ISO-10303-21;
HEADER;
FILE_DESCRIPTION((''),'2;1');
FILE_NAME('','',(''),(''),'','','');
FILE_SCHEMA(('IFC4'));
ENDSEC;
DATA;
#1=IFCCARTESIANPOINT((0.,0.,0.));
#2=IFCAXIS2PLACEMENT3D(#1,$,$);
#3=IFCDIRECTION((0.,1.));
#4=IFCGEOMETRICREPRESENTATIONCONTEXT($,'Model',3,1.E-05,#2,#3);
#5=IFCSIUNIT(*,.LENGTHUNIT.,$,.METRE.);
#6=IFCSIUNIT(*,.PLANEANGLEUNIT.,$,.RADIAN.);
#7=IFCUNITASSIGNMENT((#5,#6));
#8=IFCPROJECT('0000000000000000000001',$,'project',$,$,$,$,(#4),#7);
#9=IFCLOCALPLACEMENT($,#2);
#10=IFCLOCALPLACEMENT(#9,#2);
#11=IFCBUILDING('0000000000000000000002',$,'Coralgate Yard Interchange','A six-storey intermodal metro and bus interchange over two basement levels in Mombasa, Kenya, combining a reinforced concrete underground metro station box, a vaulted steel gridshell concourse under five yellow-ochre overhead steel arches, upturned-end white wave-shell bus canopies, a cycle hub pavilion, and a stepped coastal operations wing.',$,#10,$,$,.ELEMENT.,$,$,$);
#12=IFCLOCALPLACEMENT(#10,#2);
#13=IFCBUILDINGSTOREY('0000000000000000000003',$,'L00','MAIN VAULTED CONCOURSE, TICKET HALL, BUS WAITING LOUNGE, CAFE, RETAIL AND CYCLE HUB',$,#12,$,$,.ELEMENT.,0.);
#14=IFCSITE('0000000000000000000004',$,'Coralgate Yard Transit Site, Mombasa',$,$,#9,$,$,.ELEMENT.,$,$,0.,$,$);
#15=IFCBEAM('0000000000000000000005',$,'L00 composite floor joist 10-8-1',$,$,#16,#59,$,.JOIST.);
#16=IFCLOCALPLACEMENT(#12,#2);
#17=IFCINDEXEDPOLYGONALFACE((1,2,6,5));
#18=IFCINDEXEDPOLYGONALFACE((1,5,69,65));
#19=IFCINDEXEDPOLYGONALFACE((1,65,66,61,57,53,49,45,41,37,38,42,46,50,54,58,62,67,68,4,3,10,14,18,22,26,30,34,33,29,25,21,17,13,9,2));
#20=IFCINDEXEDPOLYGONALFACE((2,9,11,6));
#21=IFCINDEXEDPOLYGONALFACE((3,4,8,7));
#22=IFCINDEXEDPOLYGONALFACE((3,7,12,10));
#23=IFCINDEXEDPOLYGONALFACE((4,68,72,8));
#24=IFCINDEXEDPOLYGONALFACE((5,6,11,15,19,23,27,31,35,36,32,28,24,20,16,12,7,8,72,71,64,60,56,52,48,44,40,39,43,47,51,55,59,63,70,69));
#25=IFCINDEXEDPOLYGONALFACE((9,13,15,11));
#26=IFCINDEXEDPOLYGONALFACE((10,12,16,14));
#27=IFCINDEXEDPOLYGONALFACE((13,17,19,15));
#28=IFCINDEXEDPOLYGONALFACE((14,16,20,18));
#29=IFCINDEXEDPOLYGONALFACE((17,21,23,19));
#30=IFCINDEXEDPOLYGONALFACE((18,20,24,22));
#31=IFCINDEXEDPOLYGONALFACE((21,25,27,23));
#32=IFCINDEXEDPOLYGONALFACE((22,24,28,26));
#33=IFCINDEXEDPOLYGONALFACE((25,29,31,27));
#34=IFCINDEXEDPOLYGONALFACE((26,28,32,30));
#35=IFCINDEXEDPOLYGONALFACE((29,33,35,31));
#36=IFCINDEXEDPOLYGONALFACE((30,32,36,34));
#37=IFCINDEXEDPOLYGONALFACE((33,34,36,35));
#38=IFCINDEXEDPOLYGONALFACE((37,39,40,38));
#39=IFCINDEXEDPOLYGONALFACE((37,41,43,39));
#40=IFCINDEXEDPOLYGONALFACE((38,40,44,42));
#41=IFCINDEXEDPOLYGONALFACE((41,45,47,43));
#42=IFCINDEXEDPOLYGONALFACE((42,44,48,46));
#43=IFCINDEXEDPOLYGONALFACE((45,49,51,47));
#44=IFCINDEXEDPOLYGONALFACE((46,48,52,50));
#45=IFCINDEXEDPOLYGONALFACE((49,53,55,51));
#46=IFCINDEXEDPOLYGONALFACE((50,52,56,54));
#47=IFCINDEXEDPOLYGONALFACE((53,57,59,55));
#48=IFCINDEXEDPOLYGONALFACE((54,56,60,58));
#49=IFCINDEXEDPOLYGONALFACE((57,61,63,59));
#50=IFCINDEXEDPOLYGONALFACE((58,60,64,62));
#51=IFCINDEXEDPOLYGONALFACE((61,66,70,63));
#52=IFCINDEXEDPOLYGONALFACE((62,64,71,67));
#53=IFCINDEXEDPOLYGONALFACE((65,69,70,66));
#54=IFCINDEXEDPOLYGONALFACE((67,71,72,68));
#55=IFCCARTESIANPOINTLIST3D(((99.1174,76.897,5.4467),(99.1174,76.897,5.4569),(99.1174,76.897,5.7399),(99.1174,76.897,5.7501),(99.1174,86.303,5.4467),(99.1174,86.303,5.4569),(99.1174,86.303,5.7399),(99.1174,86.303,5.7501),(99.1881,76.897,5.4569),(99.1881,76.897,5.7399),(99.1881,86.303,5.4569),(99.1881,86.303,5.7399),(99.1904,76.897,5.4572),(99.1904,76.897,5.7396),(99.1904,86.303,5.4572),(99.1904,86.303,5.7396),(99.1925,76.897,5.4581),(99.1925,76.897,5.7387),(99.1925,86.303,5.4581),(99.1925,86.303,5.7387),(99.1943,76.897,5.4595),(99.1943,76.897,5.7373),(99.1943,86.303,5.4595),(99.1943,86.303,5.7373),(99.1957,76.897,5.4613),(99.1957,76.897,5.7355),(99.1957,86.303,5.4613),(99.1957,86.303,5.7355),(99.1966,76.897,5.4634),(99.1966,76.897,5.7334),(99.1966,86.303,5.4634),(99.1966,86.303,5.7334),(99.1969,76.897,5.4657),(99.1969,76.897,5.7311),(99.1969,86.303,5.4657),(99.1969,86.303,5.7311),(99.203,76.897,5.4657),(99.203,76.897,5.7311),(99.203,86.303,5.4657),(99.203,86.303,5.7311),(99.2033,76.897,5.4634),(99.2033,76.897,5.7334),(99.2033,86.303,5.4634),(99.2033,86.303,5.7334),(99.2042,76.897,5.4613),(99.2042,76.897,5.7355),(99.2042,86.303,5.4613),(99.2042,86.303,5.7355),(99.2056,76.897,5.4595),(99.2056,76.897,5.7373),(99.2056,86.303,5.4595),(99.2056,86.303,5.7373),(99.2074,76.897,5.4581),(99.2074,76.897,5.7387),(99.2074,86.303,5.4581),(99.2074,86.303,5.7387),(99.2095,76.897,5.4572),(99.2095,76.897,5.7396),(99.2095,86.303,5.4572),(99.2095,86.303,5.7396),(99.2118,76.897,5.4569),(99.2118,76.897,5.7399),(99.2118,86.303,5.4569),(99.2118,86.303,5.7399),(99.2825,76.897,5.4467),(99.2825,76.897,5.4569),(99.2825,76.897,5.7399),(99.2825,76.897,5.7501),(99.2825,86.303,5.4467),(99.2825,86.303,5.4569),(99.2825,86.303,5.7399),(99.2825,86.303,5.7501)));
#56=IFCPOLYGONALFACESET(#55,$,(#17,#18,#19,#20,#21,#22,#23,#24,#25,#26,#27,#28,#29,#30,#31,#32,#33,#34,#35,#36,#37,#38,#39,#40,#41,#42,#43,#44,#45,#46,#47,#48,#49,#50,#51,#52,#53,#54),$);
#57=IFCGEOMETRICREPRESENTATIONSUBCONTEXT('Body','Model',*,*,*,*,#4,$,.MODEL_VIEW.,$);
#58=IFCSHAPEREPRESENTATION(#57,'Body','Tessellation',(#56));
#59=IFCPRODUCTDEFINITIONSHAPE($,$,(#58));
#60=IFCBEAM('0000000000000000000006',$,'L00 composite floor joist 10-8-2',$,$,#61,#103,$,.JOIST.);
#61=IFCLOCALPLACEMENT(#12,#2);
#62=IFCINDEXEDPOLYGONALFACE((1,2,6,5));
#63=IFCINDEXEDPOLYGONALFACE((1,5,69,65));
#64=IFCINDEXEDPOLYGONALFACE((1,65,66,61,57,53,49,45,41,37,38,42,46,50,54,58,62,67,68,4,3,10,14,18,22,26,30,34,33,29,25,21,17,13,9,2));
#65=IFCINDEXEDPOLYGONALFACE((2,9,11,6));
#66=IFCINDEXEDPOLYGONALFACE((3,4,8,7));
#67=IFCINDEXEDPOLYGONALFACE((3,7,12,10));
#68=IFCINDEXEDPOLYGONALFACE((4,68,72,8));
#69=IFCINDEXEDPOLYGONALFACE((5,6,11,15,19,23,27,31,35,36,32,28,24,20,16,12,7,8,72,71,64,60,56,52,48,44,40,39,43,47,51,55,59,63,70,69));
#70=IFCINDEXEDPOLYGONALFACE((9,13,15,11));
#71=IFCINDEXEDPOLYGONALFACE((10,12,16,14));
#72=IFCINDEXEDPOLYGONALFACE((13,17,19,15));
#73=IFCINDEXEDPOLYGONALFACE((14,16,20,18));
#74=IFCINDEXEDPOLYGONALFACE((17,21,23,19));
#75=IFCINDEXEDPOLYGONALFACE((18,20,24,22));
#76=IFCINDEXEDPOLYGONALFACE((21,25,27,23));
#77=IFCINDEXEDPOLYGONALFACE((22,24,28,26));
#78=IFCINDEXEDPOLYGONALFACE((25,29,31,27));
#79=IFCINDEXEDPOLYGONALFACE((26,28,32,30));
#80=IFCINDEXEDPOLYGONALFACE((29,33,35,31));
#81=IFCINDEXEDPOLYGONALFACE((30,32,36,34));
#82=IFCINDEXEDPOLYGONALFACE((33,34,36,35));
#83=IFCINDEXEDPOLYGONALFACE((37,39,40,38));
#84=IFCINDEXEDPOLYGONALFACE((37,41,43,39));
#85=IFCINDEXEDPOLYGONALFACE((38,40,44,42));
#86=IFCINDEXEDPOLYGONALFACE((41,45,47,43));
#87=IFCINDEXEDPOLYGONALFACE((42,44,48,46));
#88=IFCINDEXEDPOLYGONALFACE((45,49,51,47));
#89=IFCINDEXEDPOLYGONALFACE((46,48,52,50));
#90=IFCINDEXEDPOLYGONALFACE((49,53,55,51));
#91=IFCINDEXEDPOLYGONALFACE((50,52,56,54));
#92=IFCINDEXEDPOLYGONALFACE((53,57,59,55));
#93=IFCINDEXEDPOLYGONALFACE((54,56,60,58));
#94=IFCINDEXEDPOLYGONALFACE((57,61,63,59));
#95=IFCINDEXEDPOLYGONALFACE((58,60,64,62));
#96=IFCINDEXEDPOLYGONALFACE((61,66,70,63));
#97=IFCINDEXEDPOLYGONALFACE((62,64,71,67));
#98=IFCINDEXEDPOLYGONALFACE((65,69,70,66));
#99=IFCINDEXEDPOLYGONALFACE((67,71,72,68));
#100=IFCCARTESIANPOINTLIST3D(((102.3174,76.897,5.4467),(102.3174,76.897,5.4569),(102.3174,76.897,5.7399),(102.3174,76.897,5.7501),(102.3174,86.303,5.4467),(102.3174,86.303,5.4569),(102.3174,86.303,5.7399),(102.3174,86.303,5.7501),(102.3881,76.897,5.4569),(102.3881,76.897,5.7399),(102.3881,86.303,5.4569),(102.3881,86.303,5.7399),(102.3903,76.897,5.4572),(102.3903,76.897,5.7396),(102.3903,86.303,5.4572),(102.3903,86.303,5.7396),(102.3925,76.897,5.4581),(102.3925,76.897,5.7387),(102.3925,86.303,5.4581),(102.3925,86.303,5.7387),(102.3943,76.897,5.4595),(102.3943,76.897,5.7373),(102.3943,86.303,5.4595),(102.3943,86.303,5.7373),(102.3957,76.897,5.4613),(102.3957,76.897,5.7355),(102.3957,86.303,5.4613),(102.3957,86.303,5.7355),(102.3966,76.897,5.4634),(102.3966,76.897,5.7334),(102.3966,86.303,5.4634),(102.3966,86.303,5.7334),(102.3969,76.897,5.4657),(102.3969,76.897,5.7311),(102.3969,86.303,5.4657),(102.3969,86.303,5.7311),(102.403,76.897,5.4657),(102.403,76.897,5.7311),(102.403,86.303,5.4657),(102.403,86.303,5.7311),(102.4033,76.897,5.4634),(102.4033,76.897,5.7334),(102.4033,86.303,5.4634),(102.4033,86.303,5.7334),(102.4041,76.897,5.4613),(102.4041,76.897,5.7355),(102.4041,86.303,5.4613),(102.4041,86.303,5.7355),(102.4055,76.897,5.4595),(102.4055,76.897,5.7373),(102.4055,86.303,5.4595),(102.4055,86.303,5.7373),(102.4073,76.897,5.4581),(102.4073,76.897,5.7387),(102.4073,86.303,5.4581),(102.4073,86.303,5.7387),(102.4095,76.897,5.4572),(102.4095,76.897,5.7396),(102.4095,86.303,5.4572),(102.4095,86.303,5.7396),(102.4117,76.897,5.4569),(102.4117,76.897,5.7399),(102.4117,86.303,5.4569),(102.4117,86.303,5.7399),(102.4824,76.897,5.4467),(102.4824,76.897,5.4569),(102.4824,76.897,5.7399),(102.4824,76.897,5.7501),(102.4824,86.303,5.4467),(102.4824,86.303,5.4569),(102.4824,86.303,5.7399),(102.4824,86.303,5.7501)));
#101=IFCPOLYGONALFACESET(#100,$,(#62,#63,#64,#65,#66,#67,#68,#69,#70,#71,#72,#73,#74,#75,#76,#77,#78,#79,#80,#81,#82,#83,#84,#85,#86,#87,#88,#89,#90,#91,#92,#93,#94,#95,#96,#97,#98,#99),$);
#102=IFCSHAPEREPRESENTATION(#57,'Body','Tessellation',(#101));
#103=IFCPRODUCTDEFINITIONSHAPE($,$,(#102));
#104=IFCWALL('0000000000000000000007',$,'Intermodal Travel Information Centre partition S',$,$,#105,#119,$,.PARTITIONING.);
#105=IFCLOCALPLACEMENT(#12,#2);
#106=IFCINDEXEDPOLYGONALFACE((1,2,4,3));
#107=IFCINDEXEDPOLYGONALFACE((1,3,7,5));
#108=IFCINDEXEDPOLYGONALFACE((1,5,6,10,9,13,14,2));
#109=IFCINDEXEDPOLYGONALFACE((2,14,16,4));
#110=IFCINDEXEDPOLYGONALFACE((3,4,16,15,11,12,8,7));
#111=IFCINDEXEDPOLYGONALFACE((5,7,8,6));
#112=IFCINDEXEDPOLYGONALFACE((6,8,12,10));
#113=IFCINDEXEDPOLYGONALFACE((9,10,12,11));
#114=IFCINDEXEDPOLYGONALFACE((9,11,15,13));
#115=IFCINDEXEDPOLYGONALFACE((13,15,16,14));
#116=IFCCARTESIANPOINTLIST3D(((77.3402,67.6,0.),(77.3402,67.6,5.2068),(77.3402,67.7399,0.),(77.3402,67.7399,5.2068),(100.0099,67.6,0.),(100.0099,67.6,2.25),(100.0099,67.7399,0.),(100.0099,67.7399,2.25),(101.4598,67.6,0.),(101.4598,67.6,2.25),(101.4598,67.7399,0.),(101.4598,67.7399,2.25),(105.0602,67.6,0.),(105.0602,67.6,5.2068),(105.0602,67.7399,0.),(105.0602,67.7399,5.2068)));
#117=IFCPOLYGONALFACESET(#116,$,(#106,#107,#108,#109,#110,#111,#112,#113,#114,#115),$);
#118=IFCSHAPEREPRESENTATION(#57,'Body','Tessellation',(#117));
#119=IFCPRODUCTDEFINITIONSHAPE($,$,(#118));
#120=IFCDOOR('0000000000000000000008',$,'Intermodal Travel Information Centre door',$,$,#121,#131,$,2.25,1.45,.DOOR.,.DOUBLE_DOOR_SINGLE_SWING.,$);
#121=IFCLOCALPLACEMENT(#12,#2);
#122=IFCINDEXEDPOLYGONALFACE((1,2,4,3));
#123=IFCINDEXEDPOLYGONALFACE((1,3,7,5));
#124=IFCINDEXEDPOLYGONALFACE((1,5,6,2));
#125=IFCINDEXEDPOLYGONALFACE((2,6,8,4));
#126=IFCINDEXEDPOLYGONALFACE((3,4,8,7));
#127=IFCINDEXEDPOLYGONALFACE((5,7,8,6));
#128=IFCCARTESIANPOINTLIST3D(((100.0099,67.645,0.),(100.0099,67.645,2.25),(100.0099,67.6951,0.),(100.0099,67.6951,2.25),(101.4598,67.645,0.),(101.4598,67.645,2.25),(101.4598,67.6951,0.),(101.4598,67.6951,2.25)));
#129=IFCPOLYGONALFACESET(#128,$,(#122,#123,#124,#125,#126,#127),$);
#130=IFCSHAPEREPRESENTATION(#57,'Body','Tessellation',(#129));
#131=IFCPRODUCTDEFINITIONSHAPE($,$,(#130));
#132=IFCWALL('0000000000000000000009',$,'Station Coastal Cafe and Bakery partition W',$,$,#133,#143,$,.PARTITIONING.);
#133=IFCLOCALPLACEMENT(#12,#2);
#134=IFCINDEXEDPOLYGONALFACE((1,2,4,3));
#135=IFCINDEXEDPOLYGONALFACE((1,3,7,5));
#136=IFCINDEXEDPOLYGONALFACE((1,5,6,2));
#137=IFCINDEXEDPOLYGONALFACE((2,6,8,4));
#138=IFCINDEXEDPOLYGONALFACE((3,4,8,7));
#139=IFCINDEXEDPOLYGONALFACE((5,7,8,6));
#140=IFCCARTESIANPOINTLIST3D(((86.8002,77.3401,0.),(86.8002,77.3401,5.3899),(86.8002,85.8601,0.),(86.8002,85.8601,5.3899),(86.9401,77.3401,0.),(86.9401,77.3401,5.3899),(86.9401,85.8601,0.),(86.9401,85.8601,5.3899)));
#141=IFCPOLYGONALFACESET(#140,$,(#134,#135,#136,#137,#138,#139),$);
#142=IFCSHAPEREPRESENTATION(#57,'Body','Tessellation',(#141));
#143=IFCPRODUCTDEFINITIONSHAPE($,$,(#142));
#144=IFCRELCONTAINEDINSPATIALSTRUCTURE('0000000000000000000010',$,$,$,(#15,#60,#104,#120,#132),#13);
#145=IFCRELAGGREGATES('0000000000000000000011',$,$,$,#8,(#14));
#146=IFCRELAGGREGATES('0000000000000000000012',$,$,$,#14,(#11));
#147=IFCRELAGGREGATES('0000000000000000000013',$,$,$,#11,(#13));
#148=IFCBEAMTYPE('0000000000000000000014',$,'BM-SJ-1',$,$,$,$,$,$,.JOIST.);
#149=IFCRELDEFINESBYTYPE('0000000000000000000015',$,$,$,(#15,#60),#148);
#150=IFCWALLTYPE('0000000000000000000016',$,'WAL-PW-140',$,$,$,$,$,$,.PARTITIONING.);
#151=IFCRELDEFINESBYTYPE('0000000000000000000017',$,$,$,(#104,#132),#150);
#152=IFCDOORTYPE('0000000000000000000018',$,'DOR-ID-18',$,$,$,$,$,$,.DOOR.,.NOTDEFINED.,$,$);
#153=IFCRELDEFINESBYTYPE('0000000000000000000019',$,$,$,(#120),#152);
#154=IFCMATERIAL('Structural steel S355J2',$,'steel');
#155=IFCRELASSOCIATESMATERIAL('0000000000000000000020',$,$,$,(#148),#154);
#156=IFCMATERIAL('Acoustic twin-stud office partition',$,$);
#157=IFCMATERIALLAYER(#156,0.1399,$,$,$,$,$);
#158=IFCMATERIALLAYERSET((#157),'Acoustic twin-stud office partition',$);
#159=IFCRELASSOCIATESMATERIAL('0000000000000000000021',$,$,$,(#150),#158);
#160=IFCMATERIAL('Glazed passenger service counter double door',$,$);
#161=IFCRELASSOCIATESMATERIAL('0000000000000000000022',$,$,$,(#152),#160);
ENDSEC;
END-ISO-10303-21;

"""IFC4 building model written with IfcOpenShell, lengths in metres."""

from ifc_helpers import new_model, si_unit, direction, frame, frame_2d, origin, origin_2d, place, context, subcontext, project, spatial, rectangle, i_section, extrude, material, layer, layer_set, material_profile, profile_set, type_object, element, fill, save


model = new_model("IFC4")

# Units and contexts
model_context = context("Model", 3, precision=1e-05, world=origin(), true_north=direction((0.0, 1.0)))
body_context = subcontext(model_context, "Body", "Model", "MODEL_VIEW")
ifc_project = project(units=[si_unit("LENGTHUNIT", "METRE"), si_unit("PLANEANGLEUNIT", "RADIAN")], contexts=[model_context])

# Site, building, storey
site_placement = place(None, origin())
site = spatial("IfcSite", under=ifc_project, at=site_placement, Name="Coralgate Yard Transit Site, Mombasa", CompositionType="ELEMENT", RefElevation=0.0)
building_placement = place(site_placement, origin())
building = spatial("IfcBuilding", under=site, at=building_placement, Name="Coralgate Yard Interchange", Description="A six-storey intermodal metro and bus interchange over two basement levels in Mombasa, Kenya, combining a reinforced concrete underground metro station box, a vaulted steel gridshell concourse under five yellow-ochre overhead steel arches, upturned-end white wave-shell bus canopies, a cycle hub pavilion, and a stepped coastal operations wing.", CompositionType="ELEMENT")
storey_placement = place(building_placement, origin())
storey = spatial("IfcBuildingStorey", under=building, at=storey_placement, Name="L00", Description="MAIN VAULTED CONCOURSE, TICKET HALL, BUS WAITING LOUNGE, CAFE, RETAIL AND CYCLE HUB", CompositionType="ELEMENT", Elevation=0.0)

# Shared definitions
ifc_material_1 = material(Name="Structural steel S355J2", Category="steel")

# Beams
ifc_material_profile_1 = material_profile(ifc_material_1, i_section(OverallWidth=0.165, OverallDepth=0.3035, WebThickness=0.0061, FlangeThickness=0.0103, FilletRadius=0.0088, at=origin_2d()), Name="UB 305x165x40")
ifc_profile_set_1 = profile_set([ifc_material_profile_1], Name="Structural steel S355J2")
beam_type_1 = type_object("IfcBeamType", Name="BM-SJ-1", PredefinedType="JOIST", material=ifc_profile_set_1)
for number, where, z_axis, x_axis, name in (
    (1, (99.2, 76.897, 5.5984), (0.0, 1.0, 0.0), (-1.0, 0.0, 0.0), "L00 composite floor joist 10-8-1"),
    (2, (102.3999, 76.897, 5.5984), (0.0, 1.0, 0.0), (-1.0, 0.0, 0.0), "L00 composite floor joist 10-8-2"),
):
    element("IfcBeam", number, at=place(storey_placement, frame(where, z_axis=z_axis, x_axis=x_axis)), inside=storey, type_object=beam_type_1, Name=name, PredefinedType="JOIST", context=body_context, shape_type="SweptSolid", body=[
        extrude(i_section(OverallWidth=0.165, OverallDepth=0.3035, WebThickness=0.0061, FlangeThickness=0.0103, FilletRadius=0.0088, at=origin_2d()), origin(), (0.0, 0.0, 1.0), 9.406),
    ])

# Wall, opening, door
ifc_material_2 = material(Name="Acoustic twin-stud office partition")
ifc_layer = layer(ifc_material_2, 0.1399)
ifc_layer_set = layer_set([ifc_layer], Name="Acoustic twin-stud office partition")
wall_type = type_object("IfcWallType", Name="WAL-PW-140", PredefinedType="PARTITIONING", material=ifc_layer_set)
wall_1_placement = place(storey_placement, frame((105.0601, 67.6699, 0.0), z_axis=(0.0, 0.0, 1.0), x_axis=(-1.0, 0.0, 0.0)))
wall_1 = element("IfcWall", 3, at=wall_1_placement, inside=storey, type_object=wall_type, Name="Intermodal Travel Information Centre partition S", PredefinedType="PARTITIONING", context=body_context, shape_type="SweptSolid", body=[
    extrude(rectangle(XDim=27.72, YDim=0.1399, at=frame_2d((13.8599, 0.0))), origin(), (0.0, 0.0, 1.0), 5.2068),
])
opening_placement = place(wall_1_placement, frame((3.6001, 0.0, 0.0)))
opening = element("IfcOpeningElement", 4, at=opening_placement, cuts=wall_1, PredefinedType="OPENING", context=body_context, shape_type="SweptSolid", body=[
    extrude(rectangle(XDim=1.45, YDim=2.25, at=frame_2d((0.7251, 1.125))), frame((0.0, 0.0798, 0.0), z_axis=(0.0, -1.0, 0.0), x_axis=(1.0, 0.0, 0.0)), (0.0, 0.0, 1.0), 0.1599),
])
ifc_material_3 = material(Name="Glazed passenger service counter double door")
door_type = type_object("IfcDoorType", Name="DOR-ID-18", OperationType="NOTDEFINED", PredefinedType="DOOR", material=ifc_material_3)
door_placement = place(opening_placement, origin())
door = element("IfcDoor", 5, at=door_placement, inside=storey, type_object=door_type, Name="Intermodal Travel Information Centre door", OperationType="DOUBLE_DOOR_SINGLE_SWING", OverallHeight=2.25, OverallWidth=1.45, PredefinedType="DOOR", context=body_context, shape_type="SweptSolid", body=[
    extrude(rectangle(XDim=1.45, YDim=2.25, at=frame_2d((0.7251, 1.125))), frame((0.0, 0.0249, 0.0), z_axis=(0.0, -1.0, 0.0), x_axis=(1.0, 0.0, 0.0)), (0.0, 0.0, 1.0), 0.05),
])
fill(opening, door)

# Wall
wall_2_placement = place(storey_placement, frame((86.8701, 77.3401, 0.0), z_axis=(0.0, 0.0, 1.0), x_axis=(0.0, 1.0, 0.0)))
element("IfcWall", 6, at=wall_2_placement, inside=storey, type_object=wall_type, Name="Station Coastal Cafe and Bakery partition W", PredefinedType="PARTITIONING", context=body_context, shape_type="SweptSolid", body=[
    extrude(rectangle(XDim=8.52, YDim=0.1399, at=frame_2d((4.26, 0.0))), origin(), (0.0, 0.0, 1.0), 5.3899),
])

save(model, "model.ifc")
